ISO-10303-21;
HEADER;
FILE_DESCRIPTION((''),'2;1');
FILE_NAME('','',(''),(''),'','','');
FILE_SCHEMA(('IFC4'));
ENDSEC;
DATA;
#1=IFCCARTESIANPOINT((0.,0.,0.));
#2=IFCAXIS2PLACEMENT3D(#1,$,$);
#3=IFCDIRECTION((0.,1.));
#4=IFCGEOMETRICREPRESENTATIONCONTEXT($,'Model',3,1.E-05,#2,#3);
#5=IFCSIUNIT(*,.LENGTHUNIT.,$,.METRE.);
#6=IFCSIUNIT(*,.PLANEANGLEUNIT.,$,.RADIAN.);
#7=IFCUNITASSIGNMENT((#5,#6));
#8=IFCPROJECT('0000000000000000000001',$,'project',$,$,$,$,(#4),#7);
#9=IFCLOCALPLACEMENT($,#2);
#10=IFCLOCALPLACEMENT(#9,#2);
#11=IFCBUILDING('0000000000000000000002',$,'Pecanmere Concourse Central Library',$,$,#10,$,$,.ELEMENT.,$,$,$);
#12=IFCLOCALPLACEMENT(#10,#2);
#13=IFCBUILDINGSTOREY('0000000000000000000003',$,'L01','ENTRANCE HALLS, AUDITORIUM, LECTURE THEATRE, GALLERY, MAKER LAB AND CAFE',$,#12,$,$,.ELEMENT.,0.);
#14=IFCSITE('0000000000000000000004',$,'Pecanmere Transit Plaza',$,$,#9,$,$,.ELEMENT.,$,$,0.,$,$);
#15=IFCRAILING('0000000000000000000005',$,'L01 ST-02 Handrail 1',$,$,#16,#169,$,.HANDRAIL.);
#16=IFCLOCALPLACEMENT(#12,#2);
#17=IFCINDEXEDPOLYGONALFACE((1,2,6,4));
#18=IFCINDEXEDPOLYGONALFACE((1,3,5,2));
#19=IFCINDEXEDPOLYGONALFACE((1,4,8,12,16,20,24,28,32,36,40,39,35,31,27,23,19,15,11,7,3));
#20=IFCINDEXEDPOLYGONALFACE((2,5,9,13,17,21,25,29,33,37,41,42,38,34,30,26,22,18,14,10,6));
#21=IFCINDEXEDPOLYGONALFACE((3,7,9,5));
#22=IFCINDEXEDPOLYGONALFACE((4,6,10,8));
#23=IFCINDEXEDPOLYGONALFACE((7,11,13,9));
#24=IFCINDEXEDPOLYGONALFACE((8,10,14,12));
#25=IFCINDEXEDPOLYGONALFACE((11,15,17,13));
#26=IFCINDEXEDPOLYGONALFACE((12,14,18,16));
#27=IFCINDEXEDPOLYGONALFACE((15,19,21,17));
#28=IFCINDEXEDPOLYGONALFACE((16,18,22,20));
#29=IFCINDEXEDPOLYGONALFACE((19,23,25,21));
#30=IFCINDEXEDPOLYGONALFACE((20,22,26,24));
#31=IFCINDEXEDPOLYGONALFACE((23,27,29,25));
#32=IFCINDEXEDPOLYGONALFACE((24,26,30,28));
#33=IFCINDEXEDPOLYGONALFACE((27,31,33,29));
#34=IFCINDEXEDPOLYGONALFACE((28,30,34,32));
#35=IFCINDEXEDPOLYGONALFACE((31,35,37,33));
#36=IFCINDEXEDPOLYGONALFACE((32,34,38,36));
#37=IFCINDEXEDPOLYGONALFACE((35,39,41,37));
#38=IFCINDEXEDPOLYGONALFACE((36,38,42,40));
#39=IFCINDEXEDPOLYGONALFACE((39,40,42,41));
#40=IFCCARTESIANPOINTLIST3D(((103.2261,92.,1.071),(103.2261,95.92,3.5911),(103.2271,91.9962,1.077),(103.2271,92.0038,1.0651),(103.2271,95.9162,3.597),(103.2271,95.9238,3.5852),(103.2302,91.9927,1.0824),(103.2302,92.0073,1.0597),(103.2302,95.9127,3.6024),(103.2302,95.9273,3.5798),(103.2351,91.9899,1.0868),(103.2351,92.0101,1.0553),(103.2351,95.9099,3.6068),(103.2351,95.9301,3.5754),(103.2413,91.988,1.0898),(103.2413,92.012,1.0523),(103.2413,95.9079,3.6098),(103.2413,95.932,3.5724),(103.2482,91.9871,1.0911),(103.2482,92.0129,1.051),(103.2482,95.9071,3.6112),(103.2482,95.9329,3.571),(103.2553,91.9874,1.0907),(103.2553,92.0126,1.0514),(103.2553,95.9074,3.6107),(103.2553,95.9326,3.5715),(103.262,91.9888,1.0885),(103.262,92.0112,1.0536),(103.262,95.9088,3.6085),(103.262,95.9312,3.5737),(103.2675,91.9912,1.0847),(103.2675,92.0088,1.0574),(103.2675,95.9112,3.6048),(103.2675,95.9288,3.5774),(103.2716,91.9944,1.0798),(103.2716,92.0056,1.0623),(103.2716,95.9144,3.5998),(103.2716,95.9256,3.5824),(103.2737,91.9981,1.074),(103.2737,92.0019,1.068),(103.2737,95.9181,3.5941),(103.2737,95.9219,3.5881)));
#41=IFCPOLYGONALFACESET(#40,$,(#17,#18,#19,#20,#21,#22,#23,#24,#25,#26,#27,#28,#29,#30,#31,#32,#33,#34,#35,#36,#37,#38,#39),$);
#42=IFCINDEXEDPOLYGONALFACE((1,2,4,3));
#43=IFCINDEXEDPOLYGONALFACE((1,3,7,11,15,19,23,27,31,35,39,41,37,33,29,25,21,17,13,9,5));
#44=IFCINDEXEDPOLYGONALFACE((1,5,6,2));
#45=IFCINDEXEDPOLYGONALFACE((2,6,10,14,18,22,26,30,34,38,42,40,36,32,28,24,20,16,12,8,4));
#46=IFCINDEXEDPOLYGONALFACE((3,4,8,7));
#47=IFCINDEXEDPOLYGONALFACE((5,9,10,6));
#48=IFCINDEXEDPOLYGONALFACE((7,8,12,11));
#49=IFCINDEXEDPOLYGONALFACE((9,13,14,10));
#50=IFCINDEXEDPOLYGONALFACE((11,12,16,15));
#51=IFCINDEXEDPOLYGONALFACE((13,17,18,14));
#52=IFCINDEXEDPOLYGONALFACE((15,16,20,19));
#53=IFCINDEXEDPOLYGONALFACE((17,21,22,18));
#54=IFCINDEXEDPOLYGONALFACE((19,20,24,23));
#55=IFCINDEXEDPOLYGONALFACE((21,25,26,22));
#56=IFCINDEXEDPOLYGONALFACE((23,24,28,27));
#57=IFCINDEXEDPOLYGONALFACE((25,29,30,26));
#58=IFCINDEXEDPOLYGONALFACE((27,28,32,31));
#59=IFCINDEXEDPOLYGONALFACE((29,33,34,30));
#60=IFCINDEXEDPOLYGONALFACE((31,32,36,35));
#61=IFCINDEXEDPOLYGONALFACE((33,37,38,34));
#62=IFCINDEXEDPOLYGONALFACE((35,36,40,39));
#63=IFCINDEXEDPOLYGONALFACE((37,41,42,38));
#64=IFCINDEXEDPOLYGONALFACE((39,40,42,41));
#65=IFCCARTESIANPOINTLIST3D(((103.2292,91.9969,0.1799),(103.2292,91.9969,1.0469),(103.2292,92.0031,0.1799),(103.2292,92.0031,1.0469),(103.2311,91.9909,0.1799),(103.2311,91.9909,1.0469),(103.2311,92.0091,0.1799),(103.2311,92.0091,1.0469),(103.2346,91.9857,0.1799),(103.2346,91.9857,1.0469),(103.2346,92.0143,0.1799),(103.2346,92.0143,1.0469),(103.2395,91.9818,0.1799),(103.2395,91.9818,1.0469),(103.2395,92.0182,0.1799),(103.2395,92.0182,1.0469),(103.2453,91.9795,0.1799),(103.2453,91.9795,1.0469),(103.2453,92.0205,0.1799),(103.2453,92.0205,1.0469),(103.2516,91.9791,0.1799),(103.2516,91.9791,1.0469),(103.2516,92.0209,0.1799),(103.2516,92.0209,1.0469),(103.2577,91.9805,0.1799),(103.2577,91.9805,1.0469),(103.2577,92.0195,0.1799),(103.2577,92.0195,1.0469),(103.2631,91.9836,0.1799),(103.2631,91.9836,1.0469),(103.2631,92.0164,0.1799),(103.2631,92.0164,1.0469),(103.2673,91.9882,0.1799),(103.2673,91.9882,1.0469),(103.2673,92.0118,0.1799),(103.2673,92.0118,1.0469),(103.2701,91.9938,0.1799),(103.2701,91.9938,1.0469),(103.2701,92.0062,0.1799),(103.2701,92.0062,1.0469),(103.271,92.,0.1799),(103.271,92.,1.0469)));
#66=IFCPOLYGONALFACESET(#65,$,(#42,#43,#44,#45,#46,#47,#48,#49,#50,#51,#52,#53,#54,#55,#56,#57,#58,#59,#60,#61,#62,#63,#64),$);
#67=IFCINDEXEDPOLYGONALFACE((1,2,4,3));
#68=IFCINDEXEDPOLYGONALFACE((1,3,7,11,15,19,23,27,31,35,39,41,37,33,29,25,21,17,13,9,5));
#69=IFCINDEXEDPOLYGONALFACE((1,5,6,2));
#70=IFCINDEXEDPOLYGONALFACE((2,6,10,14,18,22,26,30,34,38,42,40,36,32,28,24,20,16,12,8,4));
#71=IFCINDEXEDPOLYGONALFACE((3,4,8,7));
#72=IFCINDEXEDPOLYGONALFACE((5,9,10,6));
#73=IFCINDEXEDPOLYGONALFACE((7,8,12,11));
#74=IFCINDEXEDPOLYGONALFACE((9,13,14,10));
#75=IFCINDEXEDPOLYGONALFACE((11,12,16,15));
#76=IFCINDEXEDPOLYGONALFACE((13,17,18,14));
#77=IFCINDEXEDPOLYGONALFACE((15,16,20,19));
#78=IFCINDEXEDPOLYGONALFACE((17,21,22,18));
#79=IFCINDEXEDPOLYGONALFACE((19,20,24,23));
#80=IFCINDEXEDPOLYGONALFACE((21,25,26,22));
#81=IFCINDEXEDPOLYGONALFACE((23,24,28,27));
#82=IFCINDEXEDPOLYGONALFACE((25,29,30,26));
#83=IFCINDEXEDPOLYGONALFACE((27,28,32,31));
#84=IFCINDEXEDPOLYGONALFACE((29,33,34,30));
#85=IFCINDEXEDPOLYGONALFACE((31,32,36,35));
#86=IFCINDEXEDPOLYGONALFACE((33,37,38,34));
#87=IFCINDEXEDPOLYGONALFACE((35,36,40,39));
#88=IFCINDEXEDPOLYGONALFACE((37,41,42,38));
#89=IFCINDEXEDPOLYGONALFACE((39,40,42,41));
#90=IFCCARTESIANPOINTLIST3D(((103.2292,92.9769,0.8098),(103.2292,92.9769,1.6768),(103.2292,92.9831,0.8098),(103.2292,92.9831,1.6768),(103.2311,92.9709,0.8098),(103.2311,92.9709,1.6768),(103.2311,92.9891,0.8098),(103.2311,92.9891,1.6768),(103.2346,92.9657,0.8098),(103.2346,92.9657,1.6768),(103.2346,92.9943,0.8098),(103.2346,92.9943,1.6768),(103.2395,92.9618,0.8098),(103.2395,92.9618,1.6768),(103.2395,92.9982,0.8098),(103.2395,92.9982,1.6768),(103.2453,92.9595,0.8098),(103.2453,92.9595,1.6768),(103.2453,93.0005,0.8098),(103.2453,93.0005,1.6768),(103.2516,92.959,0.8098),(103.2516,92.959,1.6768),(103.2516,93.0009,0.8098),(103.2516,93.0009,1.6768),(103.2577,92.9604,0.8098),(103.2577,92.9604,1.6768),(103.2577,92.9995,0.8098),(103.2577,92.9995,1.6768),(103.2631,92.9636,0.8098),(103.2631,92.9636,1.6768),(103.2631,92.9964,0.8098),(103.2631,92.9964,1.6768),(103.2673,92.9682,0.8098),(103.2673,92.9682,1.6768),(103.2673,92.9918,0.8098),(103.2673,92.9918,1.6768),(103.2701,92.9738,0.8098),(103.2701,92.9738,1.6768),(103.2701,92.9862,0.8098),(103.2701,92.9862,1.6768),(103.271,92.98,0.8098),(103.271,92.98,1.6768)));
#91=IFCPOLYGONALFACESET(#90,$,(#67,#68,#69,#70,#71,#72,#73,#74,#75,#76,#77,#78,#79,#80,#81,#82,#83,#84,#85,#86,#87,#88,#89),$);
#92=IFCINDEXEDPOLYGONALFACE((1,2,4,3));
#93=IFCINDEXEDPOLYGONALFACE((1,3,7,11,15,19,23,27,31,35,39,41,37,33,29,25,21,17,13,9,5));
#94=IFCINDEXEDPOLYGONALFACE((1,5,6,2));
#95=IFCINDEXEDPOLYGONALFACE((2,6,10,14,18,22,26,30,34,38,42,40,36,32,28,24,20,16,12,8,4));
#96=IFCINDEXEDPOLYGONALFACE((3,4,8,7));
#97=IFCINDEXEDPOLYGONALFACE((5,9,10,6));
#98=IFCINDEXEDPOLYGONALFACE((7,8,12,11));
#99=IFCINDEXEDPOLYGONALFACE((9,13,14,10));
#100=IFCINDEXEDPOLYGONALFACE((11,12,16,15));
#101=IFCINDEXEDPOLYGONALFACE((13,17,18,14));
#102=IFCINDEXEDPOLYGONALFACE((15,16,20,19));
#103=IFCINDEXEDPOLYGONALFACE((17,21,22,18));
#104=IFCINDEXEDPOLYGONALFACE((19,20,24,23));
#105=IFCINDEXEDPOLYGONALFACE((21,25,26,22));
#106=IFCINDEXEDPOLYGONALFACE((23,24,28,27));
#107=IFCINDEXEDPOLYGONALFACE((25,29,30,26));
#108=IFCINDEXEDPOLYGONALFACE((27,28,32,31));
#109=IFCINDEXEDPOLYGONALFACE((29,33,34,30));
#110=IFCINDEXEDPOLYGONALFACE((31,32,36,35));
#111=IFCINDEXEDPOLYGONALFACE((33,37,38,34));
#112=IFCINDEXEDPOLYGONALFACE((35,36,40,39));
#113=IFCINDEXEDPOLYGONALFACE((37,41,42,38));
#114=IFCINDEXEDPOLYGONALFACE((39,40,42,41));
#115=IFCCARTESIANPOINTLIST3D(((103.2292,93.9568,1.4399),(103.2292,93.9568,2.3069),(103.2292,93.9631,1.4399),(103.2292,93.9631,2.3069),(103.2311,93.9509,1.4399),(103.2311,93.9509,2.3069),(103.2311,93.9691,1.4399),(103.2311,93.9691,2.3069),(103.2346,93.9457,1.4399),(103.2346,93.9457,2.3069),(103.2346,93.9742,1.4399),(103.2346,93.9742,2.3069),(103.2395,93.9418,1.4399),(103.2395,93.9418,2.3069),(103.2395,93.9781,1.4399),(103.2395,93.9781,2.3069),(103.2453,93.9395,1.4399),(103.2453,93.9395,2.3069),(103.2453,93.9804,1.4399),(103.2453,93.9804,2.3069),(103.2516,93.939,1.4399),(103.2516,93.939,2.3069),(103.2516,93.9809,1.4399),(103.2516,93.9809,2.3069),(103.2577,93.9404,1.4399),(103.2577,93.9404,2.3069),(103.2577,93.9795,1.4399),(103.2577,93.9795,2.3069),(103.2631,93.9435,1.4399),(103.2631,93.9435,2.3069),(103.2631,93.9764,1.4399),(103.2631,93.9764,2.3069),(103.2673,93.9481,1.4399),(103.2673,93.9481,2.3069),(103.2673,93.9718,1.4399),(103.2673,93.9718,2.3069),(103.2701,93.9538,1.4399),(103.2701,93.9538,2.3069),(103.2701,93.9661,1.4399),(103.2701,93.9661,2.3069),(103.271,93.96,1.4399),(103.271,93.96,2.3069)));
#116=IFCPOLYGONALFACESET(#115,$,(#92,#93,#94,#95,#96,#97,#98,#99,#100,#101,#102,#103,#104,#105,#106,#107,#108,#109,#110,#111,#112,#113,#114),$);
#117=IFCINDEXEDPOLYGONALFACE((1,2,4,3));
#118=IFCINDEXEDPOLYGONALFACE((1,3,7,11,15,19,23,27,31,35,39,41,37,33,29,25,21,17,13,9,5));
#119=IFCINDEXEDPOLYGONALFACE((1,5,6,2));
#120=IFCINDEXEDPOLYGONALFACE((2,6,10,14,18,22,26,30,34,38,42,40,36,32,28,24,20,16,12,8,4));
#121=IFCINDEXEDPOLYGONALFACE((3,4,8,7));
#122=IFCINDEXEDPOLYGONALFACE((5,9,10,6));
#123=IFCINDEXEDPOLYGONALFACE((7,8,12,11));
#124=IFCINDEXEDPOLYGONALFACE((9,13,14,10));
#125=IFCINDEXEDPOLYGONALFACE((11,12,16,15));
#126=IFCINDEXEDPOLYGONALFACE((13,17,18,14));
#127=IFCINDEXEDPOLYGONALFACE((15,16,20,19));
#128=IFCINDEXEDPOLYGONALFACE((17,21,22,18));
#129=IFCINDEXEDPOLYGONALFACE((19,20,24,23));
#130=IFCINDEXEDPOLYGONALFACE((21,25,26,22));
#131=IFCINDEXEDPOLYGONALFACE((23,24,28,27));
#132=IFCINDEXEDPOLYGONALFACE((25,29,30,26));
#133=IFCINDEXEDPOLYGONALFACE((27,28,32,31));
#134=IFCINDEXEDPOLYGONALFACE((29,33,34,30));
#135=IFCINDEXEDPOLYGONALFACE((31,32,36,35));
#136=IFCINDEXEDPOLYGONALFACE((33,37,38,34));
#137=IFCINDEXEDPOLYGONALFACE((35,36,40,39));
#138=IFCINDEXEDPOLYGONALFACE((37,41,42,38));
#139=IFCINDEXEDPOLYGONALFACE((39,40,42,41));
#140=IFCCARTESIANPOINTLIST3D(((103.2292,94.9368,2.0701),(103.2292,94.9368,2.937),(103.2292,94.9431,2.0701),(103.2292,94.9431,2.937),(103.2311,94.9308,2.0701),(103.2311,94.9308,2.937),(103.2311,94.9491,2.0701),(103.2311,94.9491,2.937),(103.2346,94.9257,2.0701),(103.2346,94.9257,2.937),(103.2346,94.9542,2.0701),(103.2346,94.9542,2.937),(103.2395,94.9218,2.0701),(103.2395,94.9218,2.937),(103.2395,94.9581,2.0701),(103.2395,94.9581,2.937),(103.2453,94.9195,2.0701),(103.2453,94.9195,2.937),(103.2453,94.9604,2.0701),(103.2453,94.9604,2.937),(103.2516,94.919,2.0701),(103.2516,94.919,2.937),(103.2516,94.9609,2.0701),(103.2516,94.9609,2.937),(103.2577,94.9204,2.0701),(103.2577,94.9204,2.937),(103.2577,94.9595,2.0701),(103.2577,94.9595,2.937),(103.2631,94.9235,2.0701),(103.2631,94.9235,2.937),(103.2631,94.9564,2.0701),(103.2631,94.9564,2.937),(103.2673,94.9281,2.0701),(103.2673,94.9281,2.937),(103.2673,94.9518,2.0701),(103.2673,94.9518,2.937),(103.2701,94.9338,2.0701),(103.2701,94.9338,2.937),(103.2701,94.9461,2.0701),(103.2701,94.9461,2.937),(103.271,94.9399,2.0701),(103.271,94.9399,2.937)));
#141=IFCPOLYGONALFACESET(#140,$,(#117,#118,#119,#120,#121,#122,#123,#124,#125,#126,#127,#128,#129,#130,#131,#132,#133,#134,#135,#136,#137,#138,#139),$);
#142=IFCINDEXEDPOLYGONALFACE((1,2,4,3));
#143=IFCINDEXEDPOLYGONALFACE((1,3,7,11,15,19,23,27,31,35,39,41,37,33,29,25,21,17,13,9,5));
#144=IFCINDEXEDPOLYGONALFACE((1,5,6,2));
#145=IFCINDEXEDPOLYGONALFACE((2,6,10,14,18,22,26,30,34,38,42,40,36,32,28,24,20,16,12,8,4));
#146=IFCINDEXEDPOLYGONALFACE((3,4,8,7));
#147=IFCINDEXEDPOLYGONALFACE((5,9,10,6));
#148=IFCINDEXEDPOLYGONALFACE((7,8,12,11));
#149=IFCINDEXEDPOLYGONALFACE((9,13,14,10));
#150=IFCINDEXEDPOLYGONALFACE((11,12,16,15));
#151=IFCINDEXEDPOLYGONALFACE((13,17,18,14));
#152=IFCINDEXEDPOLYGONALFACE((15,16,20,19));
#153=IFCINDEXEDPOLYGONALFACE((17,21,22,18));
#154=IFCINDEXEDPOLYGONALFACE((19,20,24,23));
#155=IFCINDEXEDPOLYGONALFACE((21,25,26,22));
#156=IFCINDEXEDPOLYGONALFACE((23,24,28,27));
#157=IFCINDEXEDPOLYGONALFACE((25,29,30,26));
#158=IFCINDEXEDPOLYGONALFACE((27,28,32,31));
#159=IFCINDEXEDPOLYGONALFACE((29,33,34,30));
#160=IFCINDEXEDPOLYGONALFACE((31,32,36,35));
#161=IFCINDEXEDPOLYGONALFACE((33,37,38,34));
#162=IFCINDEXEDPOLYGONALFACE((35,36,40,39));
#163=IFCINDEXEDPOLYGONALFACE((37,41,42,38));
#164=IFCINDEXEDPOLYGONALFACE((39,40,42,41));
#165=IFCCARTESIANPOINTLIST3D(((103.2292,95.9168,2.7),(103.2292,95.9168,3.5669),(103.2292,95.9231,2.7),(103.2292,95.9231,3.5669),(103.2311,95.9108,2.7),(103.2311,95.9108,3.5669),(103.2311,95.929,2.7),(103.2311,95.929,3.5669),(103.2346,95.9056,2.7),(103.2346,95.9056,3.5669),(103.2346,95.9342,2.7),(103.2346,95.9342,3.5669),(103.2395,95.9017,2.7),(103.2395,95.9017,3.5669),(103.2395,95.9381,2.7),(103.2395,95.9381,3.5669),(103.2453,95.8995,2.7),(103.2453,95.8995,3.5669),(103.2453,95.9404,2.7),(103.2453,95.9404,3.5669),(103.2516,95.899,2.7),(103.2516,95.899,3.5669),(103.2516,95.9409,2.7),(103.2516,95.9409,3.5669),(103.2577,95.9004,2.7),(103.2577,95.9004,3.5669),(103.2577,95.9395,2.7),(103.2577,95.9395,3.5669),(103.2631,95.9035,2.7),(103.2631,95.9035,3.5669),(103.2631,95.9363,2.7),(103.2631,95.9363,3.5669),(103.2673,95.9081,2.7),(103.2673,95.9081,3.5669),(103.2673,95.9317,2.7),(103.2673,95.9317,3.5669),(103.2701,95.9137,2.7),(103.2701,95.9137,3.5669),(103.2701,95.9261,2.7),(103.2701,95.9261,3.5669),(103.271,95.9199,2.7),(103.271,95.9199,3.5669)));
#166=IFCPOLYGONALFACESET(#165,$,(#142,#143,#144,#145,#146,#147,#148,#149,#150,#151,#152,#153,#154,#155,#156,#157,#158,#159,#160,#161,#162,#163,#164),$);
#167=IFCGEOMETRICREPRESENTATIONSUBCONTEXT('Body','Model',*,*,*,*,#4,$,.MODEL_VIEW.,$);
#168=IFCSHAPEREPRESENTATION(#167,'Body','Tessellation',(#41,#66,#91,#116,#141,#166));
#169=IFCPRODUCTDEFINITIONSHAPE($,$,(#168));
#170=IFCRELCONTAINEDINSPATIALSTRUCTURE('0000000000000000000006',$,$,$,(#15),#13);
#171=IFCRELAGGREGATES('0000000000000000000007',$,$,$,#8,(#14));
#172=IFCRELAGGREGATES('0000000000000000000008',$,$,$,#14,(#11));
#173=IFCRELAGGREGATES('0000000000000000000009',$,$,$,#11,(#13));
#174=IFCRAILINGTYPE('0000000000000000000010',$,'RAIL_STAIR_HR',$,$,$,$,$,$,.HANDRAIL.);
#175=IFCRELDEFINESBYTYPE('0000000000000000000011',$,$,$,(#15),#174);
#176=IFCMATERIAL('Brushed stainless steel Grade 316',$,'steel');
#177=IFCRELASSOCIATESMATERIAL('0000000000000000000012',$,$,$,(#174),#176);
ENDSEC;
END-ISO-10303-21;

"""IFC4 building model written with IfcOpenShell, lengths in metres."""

from ifc_helpers import new_model, si_unit, direction, frame, origin, origin_2d, place, context, subcontext, project, spatial, circle, extrude, material, type_object, element, save


model = new_model("IFC4")

# Units and contexts
model_context = context("Model", 3, precision=1e-05, world=origin(), true_north=direction((0.0, 1.0)))
body_context = subcontext(model_context, "Body", "Model", "MODEL_VIEW")
ifc_project = project(units=[si_unit("LENGTHUNIT", "METRE"), si_unit("PLANEANGLEUNIT", "RADIAN")], contexts=[model_context])

# Site, building, storey
site_placement = place(None, origin())
site = spatial("IfcSite", under=ifc_project, at=site_placement, Name="Pecanmere Transit Plaza", CompositionType="ELEMENT", RefElevation=0.0)
building_placement = place(site_placement, origin())
building = spatial("IfcBuilding", under=site, at=building_placement, Name="Pecanmere Concourse Central Library", CompositionType="ELEMENT")
storey_placement = place(building_placement, origin())
storey = spatial("IfcBuildingStorey", under=building, at=storey_placement, Name="L01", Description="ENTRANCE HALLS, AUDITORIUM, LECTURE THEATRE, GALLERY, MAKER LAB AND CAFE", CompositionType="ELEMENT", Elevation=0.0)

# Railing
ifc_material_1 = material(Name="Brushed stainless steel Grade 316", Category="steel")
railing_type_1 = type_object("IfcRailingType", Name="RAIL_STAIR_HR", PredefinedType="HANDRAIL", material=ifc_material_1)
railing_1_placement = place(storey_placement, frame((103.25, 92.0, 0.1799)))
element("IfcRailing", 1, at=railing_1_placement, inside=storey, type_object=railing_type_1, Name="L01 ST-02 Handrail 1", PredefinedType="HANDRAIL", context=body_context, shape_type="SweptSolid", body=[
    extrude(circle(Radius=0.0239, at=origin_2d()), frame((0.0, 0.0, 0.8911), z_axis=(0.0, 0.841172, 0.540768), x_axis=(-1.0, 0.0, 0.0)), (0.0, 0.0, 1.0), 4.6602),
    extrude(circle(Radius=0.021, at=origin_2d()), origin(), (0.0, 0.0, 1.0), 0.8669),
    extrude(circle(Radius=0.021, at=origin_2d()), frame((0.0, 0.98, 0.6299)), (0.0, 0.0, 1.0), 0.8669),
    extrude(circle(Radius=0.021, at=origin_2d()), frame((0.0, 1.96, 1.26)), (0.0, 0.0, 1.0), 0.8669),
    extrude(circle(Radius=0.021, at=origin_2d()), frame((0.0, 2.9399, 1.8901)), (0.0, 0.0, 1.0), 0.8669),
    extrude(circle(Radius=0.021, at=origin_2d()), frame((0.0, 3.9199, 2.52)), (0.0, 0.0, 1.0), 0.8669),
])

save(model, "model.ifc")
